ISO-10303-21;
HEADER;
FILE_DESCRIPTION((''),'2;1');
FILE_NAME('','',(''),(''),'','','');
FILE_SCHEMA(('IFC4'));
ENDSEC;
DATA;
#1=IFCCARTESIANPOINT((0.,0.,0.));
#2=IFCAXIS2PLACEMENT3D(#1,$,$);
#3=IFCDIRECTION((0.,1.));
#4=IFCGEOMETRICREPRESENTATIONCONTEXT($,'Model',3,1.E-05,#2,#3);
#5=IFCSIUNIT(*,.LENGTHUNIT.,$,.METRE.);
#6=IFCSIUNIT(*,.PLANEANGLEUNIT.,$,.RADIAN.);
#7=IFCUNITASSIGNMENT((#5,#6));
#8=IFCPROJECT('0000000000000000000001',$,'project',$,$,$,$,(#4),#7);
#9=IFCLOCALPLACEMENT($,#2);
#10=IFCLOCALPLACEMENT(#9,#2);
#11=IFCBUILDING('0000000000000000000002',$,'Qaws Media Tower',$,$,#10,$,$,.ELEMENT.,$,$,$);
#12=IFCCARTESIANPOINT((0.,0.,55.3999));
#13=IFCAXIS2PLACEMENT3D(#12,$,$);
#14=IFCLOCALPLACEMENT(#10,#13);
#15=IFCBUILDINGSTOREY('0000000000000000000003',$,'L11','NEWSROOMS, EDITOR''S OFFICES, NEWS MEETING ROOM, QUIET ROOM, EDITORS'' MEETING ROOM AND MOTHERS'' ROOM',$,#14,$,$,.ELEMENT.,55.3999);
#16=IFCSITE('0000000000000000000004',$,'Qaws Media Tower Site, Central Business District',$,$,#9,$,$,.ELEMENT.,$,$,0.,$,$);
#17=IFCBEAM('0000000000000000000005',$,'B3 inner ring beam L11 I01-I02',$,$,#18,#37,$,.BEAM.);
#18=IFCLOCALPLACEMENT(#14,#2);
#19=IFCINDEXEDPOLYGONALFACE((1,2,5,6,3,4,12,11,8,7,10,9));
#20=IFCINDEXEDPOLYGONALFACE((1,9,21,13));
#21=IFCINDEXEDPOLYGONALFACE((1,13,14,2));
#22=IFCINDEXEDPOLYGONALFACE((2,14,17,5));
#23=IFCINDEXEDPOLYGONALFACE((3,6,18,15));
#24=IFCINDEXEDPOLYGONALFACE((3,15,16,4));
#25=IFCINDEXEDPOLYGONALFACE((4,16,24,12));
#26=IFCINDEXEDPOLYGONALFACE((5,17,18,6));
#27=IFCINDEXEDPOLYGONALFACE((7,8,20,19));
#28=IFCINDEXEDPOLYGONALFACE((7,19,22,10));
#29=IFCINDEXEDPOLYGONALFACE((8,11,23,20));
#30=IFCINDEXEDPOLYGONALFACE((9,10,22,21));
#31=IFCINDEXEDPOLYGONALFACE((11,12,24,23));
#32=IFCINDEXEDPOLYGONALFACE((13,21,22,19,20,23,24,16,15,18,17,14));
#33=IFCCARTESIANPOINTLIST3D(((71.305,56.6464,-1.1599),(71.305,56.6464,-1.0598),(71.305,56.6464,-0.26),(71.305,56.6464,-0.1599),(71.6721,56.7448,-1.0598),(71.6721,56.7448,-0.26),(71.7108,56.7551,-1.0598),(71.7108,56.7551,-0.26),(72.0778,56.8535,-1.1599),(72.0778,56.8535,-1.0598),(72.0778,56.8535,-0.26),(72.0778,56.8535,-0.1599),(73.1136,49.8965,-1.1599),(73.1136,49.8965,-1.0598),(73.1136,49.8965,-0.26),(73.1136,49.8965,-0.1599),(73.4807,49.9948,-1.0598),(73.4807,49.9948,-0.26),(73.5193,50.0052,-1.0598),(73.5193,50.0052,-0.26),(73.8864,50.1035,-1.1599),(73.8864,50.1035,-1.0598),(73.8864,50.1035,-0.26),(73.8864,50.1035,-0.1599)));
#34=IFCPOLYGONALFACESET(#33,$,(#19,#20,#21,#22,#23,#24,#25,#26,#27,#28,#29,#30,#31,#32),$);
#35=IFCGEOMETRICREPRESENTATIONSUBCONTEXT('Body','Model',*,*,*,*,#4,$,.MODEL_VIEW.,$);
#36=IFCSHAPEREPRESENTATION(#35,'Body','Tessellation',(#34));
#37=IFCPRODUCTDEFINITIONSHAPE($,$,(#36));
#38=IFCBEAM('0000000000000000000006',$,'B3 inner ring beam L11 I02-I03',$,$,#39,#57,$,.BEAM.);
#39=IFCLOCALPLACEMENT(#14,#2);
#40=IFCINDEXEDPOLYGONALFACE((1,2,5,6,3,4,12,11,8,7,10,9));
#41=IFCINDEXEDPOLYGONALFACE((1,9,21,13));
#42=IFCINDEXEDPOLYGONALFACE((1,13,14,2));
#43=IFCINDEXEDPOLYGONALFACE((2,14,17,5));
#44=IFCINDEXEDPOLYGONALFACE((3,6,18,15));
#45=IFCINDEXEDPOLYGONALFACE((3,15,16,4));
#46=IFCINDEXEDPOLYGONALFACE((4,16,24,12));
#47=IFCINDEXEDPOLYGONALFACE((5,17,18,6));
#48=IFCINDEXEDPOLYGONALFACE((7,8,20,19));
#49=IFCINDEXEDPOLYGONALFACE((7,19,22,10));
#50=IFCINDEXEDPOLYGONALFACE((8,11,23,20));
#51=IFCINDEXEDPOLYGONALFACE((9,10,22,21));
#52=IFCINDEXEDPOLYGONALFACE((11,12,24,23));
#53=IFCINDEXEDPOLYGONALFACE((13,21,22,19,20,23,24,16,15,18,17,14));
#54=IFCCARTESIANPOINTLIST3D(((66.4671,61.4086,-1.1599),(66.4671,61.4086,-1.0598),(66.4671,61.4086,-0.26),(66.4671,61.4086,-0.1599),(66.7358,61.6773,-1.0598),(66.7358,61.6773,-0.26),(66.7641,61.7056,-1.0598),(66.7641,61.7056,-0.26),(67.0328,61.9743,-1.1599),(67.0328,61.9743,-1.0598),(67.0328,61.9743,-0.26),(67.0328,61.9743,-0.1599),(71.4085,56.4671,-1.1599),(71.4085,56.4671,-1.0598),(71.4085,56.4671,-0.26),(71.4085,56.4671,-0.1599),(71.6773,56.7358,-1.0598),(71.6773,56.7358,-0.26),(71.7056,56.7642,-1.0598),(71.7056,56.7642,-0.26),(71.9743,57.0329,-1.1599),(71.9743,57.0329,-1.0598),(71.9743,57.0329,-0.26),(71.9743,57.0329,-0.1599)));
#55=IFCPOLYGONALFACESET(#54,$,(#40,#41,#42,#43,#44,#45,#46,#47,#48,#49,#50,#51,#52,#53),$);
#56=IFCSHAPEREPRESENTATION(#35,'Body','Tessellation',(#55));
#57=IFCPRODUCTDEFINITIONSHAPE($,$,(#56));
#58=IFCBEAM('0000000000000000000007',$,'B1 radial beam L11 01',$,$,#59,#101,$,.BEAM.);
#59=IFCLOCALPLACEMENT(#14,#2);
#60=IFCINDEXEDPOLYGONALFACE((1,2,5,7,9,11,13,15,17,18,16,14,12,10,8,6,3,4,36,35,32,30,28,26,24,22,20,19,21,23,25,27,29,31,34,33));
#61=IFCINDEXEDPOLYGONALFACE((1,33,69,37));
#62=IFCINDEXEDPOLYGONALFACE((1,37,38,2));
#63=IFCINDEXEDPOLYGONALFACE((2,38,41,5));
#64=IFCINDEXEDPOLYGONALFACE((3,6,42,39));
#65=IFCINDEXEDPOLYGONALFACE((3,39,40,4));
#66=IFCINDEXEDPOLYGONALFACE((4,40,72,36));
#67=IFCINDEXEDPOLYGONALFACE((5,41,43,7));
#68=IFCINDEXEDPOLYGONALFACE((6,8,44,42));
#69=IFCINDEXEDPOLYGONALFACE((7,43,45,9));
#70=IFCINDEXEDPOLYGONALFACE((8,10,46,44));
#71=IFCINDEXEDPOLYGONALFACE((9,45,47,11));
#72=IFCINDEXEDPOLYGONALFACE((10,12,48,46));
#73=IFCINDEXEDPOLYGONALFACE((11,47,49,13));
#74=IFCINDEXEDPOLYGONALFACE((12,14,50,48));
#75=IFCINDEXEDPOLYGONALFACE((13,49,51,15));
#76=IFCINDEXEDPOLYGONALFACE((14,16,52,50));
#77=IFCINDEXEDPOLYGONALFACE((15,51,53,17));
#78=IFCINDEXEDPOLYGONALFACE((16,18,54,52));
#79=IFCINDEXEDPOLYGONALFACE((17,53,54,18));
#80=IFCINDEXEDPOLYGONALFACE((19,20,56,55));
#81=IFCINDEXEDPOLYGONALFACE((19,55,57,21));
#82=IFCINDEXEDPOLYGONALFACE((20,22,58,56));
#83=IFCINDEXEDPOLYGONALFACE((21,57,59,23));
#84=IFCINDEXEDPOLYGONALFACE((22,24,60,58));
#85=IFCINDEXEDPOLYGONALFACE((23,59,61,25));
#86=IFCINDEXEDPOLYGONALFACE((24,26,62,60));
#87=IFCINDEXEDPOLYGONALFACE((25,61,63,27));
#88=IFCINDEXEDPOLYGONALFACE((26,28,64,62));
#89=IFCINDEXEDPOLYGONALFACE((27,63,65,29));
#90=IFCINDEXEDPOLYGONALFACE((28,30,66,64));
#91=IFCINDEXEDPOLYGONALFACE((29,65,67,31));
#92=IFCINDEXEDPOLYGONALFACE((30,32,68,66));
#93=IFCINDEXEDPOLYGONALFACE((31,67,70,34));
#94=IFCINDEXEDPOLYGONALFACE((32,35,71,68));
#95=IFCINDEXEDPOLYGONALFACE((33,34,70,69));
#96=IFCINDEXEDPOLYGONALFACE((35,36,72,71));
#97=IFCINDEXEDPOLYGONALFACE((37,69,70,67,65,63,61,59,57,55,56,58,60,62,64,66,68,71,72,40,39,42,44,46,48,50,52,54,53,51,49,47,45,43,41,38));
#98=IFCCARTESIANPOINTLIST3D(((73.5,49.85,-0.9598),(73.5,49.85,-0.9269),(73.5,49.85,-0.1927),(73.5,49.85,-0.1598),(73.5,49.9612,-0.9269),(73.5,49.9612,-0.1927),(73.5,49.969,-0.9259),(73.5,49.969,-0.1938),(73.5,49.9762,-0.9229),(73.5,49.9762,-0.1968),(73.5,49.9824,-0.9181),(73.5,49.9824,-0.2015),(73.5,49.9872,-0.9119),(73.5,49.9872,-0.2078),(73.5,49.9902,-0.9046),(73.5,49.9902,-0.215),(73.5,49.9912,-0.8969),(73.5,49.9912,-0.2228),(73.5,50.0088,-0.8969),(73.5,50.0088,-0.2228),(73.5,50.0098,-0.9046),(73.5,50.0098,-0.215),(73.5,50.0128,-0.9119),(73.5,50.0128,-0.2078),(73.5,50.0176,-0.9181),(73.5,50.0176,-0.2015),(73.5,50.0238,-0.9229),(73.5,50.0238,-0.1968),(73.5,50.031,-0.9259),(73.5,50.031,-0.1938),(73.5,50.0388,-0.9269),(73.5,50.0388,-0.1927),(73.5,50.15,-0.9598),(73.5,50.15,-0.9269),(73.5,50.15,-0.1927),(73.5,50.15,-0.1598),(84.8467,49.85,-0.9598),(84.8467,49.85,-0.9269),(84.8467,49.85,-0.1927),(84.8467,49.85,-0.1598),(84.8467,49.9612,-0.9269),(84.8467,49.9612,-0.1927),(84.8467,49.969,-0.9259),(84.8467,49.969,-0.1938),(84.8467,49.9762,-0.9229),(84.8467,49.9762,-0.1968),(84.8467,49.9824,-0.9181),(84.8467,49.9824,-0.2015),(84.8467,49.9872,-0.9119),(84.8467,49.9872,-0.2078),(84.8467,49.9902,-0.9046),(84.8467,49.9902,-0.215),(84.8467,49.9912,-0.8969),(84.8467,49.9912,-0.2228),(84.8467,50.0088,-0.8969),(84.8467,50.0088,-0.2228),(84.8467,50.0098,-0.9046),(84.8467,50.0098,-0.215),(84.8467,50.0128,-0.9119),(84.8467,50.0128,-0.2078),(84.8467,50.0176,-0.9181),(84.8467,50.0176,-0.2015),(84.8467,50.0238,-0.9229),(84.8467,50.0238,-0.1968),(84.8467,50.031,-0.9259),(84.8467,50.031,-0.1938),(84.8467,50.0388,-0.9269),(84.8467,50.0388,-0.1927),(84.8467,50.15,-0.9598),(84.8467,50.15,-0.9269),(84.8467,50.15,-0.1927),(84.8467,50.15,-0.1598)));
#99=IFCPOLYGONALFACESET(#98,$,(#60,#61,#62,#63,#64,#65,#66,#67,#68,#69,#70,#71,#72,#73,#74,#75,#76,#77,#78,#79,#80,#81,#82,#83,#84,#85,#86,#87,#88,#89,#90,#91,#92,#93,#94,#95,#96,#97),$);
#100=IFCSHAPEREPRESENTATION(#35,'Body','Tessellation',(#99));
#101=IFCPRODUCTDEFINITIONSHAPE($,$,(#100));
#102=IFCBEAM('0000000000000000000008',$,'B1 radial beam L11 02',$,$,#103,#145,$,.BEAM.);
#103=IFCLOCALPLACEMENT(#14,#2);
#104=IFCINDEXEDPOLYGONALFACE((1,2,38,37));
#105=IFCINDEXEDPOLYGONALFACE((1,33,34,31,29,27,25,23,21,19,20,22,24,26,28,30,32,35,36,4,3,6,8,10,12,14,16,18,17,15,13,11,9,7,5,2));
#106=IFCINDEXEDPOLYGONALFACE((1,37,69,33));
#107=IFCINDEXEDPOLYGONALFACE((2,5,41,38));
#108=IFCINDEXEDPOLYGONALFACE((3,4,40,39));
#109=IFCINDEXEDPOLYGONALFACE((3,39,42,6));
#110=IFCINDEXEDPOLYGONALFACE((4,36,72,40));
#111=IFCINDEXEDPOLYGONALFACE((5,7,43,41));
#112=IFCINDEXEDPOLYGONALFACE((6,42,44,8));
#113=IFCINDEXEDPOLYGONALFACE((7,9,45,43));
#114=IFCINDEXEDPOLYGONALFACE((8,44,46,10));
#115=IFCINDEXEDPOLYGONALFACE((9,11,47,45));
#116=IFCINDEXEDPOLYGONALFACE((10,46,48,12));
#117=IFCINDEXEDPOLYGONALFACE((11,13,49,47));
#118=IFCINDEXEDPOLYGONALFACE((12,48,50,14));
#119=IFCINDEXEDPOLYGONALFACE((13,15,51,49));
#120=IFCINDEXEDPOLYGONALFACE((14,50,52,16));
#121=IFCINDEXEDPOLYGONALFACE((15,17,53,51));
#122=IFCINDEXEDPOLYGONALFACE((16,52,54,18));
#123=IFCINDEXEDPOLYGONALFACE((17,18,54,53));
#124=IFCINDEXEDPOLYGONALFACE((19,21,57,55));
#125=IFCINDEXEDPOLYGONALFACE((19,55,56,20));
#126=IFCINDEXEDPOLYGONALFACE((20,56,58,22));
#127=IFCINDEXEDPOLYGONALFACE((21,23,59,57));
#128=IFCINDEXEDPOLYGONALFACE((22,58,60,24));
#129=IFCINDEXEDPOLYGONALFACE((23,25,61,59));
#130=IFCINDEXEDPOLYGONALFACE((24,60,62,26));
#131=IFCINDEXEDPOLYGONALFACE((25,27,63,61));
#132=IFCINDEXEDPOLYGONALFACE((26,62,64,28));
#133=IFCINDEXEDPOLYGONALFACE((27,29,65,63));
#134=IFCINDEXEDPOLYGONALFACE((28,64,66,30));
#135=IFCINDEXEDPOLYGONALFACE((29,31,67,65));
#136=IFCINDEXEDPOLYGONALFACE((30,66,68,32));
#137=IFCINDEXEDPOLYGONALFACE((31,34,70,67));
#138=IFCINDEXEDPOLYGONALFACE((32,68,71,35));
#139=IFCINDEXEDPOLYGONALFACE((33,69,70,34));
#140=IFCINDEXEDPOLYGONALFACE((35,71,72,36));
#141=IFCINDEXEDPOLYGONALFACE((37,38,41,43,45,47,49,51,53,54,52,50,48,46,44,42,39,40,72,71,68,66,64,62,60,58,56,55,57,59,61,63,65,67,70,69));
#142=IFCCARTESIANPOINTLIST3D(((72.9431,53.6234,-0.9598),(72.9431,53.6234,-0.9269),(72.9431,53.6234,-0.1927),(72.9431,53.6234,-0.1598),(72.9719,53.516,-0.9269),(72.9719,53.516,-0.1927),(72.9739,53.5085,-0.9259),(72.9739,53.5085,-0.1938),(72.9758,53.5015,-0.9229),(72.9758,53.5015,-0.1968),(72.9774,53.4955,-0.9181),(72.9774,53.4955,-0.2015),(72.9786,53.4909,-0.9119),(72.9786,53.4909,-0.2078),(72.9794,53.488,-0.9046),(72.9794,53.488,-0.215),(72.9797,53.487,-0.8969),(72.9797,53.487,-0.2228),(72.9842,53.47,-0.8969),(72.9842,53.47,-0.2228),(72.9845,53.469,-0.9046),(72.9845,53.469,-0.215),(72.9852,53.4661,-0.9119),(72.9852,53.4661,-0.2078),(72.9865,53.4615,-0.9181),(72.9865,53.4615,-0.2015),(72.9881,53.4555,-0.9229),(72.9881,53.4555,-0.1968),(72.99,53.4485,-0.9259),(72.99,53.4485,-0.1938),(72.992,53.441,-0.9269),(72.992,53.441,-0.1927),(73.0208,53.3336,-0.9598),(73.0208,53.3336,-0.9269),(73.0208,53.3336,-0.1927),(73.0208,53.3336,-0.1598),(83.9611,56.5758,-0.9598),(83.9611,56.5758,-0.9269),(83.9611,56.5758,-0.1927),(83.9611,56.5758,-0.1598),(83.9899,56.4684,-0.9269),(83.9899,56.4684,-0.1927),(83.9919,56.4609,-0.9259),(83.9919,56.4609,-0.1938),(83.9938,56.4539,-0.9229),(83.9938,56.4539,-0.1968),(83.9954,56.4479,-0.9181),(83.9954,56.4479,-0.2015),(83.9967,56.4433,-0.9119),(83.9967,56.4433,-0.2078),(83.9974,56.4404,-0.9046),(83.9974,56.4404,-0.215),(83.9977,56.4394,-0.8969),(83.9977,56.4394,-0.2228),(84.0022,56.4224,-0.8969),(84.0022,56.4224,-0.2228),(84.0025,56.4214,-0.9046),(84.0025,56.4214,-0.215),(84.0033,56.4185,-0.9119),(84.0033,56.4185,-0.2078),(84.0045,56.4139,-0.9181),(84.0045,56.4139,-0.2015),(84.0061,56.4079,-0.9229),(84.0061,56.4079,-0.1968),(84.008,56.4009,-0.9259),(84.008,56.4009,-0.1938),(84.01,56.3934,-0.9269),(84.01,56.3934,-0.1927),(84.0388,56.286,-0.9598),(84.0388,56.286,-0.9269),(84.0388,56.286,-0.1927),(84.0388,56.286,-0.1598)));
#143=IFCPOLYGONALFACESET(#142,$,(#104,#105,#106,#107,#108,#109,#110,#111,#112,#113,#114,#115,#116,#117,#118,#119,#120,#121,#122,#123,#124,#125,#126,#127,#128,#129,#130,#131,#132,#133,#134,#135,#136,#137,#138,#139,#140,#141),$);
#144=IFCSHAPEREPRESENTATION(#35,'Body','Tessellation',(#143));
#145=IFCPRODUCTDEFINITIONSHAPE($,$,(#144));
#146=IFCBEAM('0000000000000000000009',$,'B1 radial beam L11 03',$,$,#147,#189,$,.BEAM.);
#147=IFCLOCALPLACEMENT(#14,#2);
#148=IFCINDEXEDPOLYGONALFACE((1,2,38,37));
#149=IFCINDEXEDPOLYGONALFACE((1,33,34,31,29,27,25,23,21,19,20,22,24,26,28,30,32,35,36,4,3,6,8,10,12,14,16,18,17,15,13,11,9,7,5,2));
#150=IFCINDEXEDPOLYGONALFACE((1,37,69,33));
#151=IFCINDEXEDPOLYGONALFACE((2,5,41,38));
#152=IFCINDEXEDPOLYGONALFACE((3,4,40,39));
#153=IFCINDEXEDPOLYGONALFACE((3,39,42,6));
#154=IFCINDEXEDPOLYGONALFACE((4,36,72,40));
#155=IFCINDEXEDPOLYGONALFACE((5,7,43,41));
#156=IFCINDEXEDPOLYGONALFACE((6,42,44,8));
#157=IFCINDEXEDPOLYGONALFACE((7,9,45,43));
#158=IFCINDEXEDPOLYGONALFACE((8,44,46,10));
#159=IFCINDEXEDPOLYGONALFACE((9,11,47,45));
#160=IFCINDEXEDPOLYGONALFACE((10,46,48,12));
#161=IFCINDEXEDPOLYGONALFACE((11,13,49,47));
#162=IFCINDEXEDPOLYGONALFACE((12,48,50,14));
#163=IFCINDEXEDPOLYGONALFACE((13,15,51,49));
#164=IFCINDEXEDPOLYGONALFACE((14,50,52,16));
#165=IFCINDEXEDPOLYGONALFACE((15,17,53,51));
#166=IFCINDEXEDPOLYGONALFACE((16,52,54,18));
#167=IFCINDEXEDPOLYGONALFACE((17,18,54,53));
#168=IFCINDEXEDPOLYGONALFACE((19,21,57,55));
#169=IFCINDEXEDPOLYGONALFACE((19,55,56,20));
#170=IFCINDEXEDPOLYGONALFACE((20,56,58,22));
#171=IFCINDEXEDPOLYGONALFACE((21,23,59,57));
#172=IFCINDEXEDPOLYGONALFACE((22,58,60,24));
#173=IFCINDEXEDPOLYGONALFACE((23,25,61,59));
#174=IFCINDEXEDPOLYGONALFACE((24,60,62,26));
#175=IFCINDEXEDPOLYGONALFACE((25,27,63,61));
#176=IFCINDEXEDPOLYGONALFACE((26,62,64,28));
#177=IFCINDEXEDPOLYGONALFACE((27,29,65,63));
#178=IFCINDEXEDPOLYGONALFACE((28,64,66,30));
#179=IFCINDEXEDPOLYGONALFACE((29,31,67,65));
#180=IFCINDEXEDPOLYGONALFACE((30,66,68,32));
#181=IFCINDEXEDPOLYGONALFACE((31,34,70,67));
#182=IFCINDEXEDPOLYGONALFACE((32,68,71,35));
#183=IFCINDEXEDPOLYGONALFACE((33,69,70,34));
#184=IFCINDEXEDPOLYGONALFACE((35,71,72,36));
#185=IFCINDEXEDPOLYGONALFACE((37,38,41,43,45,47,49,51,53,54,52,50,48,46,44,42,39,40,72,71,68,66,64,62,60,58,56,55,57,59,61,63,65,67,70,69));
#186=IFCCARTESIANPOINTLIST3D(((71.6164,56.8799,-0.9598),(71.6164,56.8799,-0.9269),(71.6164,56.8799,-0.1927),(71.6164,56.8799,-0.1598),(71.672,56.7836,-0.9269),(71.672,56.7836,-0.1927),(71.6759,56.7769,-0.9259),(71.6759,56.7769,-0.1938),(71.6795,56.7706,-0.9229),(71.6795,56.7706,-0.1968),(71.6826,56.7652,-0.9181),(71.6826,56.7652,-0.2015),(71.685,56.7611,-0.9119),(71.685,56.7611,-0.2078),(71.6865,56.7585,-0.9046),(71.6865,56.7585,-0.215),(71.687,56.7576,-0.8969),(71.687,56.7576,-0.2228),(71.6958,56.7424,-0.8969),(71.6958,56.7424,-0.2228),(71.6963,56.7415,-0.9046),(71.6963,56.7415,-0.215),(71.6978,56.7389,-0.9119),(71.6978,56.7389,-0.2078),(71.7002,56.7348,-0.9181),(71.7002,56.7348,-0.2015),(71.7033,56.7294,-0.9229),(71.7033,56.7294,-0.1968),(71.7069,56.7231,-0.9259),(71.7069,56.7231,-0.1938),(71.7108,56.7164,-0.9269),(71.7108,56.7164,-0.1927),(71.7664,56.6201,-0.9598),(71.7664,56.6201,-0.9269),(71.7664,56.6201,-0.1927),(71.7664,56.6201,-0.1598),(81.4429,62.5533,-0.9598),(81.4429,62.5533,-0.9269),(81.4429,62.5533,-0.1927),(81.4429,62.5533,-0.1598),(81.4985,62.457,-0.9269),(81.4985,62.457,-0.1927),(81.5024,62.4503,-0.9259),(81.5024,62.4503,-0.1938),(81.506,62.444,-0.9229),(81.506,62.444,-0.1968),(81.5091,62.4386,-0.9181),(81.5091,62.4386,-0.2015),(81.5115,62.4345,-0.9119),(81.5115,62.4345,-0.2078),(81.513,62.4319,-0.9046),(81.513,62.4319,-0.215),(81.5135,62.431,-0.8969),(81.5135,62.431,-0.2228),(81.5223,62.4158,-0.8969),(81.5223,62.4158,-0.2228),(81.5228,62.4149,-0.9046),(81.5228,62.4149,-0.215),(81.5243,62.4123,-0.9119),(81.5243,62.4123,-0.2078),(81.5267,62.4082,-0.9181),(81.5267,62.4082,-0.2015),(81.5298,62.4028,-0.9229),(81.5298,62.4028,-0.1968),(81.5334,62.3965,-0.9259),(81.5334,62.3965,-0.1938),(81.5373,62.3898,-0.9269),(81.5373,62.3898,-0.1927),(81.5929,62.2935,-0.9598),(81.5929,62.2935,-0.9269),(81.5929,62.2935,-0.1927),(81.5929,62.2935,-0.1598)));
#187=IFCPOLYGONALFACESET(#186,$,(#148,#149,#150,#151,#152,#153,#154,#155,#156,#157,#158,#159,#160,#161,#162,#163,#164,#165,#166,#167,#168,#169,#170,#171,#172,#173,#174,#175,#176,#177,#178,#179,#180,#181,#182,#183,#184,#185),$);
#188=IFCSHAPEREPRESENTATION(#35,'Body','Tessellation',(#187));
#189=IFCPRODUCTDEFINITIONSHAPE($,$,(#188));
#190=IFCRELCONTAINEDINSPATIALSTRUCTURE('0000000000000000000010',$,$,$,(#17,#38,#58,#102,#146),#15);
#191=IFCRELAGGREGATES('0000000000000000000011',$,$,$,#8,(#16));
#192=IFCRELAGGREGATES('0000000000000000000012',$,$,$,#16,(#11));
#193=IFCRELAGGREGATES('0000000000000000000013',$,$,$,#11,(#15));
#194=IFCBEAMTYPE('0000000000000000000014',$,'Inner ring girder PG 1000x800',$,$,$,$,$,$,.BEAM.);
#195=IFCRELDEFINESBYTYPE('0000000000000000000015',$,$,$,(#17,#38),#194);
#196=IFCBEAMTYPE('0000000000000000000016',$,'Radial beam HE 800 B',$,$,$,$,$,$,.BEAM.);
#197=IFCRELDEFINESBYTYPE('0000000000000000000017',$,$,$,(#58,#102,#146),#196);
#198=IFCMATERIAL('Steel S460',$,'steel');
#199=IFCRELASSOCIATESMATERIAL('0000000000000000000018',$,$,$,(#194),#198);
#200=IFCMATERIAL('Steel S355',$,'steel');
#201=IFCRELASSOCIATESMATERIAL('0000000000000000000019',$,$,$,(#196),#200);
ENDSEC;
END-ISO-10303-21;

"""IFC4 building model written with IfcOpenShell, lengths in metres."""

from ifc_helpers import new_model, si_unit, direction, frame, origin, origin_2d, place, context, subcontext, project, spatial, i_section, extrude, material, material_profile, profile_set, type_object, element, save


model = new_model("IFC4")

# Units and contexts
model_context = context("Model", 3, precision=1e-05, world=origin(), true_north=direction((0.0, 1.0)))
body_context = subcontext(model_context, "Body", "Model", "MODEL_VIEW")
ifc_project = project(units=[si_unit("LENGTHUNIT", "METRE"), si_unit("PLANEANGLEUNIT", "RADIAN")], contexts=[model_context])

# Site, building, storey
site_placement = place(None, origin())
site = spatial("IfcSite", under=ifc_project, at=site_placement, Name="Qaws Media Tower Site, Central Business District", CompositionType="ELEMENT", RefElevation=0.0)
building_placement = place(site_placement, origin())
building = spatial("IfcBuilding", under=site, at=building_placement, Name="Qaws Media Tower", CompositionType="ELEMENT")
storey_placement = place(building_placement, frame((0.0, 0.0, 55.3999)))
storey = spatial("IfcBuildingStorey", under=building, at=storey_placement, Name="L11", Description="NEWSROOMS, EDITOR'S OFFICES, NEWS MEETING ROOM, QUIET ROOM, EDITORS' MEETING ROOM AND MOTHERS' ROOM", CompositionType="ELEMENT", Elevation=55.3999)

# Beams
ifc_material_1 = material(Name="Steel S460", Category="steel")
ifc_material_profile_1 = material_profile(ifc_material_1, i_section(OverallWidth=0.8, OverallDepth=1.0, WebThickness=0.04, FlangeThickness=0.1001, at=origin_2d()), Name="PG 1000x800")
ifc_profile_set_1 = profile_set([ifc_material_profile_1], Name="Steel S460")
beam_type_1 = type_object("IfcBeamType", Name="Inner ring girder PG 1000x800", PredefinedType="BEAM", material=ifc_profile_set_1)
beam_1_placement = place(storey_placement, frame((73.5, 50.0, -0.6599), z_axis=(-0.258811, 0.965928, 0.0), x_axis=(-0.965928, -0.258811, 0.0)))
element("IfcBeam", 1, at=beam_1_placement, inside=storey, type_object=beam_type_1, Name="B3 inner ring beam L11 I01-I02", PredefinedType="BEAM", context=body_context, shape_type="SweptSolid", body=[
    extrude(i_section(OverallWidth=0.8, OverallDepth=1.0, WebThickness=0.04, FlangeThickness=0.1001, at=origin_2d()), origin(), (0.0, 0.0, 1.0), 6.988),
])
beam_2_placement = place(storey_placement, frame((71.6914, 56.75, -0.6599), z_axis=(-0.707107, 0.707107, 0.0), x_axis=(-0.707107, -0.707107, 0.0)))
element("IfcBeam", 2, at=beam_2_placement, inside=storey, type_object=beam_type_1, Name="B3 inner ring beam L11 I02-I03", PredefinedType="BEAM", context=body_context, shape_type="SweptSolid", body=[
    extrude(i_section(OverallWidth=0.8, OverallDepth=1.0, WebThickness=0.04, FlangeThickness=0.1001, at=origin_2d()), origin(), (0.0, 0.0, 1.0), 6.9883),
])
ifc_material_2 = material(Name="Steel S355", Category="steel")
ifc_material_profile_2 = material_profile(ifc_material_2, i_section(OverallWidth=0.3, OverallDepth=0.8, WebThickness=0.0176, FlangeThickness=0.033, FilletRadius=0.03, at=origin_2d()), Name="HE 800 B")
ifc_profile_set_2 = profile_set([ifc_material_profile_2], Name="Steel S355")
beam_type_2 = type_object("IfcBeamType", Name="Radial beam HE 800 B", PredefinedType="BEAM", material=ifc_profile_set_2)
beam_3_placement = place(storey_placement, frame((73.5, 50.0, -0.5598), z_axis=(1.0, 0.0, 0.0), x_axis=(0.0, 1.0, 0.0)))
element("IfcBeam", 3, at=beam_3_placement, inside=storey, type_object=beam_type_2, Name="B1 radial beam L11 01", PredefinedType="BEAM", context=body_context, shape_type="SweptSolid", body=[
    extrude(i_section(OverallWidth=0.3, OverallDepth=0.8, WebThickness=0.0176, FlangeThickness=0.033, FilletRadius=0.03, at=origin_2d()), origin(), (0.0, 0.0, 1.0), 11.3467),
])
beam_4_placement = place(storey_placement, frame((72.9819, 53.4785, -0.5598), z_axis=(0.965923, 0.258828, 0.0), x_axis=(-0.258828, 0.965923, 0.0)))
element("IfcBeam", 4, at=beam_4_placement, inside=storey, type_object=beam_type_2, Name="B1 radial beam L11 02", PredefinedType="BEAM", context=body_context, shape_type="SweptSolid", body=[
    extrude(i_section(OverallWidth=0.3, OverallDepth=0.8, WebThickness=0.0176, FlangeThickness=0.033, FilletRadius=0.03, at=origin_2d()), origin(), (0.0, 0.0, 1.0), 11.4067),
])
beam_5_placement = place(storey_placement, frame((71.6914, 56.75, -0.5598), z_axis=(0.866023, 0.500004, 0.0), x_axis=(-0.500004, 0.866023, 0.0)))
element("IfcBeam", 5, at=beam_5_placement, inside=storey, type_object=beam_type_2, Name="B1 radial beam L11 03", PredefinedType="BEAM", context=body_context, shape_type="SweptSolid", body=[
    extrude(i_section(OverallWidth=0.3, OverallDepth=0.8, WebThickness=0.0176, FlangeThickness=0.033, FilletRadius=0.03, at=origin_2d()), origin(), (0.0, 0.0, 1.0), 11.3467),
])

save(model, "model.ifc")
